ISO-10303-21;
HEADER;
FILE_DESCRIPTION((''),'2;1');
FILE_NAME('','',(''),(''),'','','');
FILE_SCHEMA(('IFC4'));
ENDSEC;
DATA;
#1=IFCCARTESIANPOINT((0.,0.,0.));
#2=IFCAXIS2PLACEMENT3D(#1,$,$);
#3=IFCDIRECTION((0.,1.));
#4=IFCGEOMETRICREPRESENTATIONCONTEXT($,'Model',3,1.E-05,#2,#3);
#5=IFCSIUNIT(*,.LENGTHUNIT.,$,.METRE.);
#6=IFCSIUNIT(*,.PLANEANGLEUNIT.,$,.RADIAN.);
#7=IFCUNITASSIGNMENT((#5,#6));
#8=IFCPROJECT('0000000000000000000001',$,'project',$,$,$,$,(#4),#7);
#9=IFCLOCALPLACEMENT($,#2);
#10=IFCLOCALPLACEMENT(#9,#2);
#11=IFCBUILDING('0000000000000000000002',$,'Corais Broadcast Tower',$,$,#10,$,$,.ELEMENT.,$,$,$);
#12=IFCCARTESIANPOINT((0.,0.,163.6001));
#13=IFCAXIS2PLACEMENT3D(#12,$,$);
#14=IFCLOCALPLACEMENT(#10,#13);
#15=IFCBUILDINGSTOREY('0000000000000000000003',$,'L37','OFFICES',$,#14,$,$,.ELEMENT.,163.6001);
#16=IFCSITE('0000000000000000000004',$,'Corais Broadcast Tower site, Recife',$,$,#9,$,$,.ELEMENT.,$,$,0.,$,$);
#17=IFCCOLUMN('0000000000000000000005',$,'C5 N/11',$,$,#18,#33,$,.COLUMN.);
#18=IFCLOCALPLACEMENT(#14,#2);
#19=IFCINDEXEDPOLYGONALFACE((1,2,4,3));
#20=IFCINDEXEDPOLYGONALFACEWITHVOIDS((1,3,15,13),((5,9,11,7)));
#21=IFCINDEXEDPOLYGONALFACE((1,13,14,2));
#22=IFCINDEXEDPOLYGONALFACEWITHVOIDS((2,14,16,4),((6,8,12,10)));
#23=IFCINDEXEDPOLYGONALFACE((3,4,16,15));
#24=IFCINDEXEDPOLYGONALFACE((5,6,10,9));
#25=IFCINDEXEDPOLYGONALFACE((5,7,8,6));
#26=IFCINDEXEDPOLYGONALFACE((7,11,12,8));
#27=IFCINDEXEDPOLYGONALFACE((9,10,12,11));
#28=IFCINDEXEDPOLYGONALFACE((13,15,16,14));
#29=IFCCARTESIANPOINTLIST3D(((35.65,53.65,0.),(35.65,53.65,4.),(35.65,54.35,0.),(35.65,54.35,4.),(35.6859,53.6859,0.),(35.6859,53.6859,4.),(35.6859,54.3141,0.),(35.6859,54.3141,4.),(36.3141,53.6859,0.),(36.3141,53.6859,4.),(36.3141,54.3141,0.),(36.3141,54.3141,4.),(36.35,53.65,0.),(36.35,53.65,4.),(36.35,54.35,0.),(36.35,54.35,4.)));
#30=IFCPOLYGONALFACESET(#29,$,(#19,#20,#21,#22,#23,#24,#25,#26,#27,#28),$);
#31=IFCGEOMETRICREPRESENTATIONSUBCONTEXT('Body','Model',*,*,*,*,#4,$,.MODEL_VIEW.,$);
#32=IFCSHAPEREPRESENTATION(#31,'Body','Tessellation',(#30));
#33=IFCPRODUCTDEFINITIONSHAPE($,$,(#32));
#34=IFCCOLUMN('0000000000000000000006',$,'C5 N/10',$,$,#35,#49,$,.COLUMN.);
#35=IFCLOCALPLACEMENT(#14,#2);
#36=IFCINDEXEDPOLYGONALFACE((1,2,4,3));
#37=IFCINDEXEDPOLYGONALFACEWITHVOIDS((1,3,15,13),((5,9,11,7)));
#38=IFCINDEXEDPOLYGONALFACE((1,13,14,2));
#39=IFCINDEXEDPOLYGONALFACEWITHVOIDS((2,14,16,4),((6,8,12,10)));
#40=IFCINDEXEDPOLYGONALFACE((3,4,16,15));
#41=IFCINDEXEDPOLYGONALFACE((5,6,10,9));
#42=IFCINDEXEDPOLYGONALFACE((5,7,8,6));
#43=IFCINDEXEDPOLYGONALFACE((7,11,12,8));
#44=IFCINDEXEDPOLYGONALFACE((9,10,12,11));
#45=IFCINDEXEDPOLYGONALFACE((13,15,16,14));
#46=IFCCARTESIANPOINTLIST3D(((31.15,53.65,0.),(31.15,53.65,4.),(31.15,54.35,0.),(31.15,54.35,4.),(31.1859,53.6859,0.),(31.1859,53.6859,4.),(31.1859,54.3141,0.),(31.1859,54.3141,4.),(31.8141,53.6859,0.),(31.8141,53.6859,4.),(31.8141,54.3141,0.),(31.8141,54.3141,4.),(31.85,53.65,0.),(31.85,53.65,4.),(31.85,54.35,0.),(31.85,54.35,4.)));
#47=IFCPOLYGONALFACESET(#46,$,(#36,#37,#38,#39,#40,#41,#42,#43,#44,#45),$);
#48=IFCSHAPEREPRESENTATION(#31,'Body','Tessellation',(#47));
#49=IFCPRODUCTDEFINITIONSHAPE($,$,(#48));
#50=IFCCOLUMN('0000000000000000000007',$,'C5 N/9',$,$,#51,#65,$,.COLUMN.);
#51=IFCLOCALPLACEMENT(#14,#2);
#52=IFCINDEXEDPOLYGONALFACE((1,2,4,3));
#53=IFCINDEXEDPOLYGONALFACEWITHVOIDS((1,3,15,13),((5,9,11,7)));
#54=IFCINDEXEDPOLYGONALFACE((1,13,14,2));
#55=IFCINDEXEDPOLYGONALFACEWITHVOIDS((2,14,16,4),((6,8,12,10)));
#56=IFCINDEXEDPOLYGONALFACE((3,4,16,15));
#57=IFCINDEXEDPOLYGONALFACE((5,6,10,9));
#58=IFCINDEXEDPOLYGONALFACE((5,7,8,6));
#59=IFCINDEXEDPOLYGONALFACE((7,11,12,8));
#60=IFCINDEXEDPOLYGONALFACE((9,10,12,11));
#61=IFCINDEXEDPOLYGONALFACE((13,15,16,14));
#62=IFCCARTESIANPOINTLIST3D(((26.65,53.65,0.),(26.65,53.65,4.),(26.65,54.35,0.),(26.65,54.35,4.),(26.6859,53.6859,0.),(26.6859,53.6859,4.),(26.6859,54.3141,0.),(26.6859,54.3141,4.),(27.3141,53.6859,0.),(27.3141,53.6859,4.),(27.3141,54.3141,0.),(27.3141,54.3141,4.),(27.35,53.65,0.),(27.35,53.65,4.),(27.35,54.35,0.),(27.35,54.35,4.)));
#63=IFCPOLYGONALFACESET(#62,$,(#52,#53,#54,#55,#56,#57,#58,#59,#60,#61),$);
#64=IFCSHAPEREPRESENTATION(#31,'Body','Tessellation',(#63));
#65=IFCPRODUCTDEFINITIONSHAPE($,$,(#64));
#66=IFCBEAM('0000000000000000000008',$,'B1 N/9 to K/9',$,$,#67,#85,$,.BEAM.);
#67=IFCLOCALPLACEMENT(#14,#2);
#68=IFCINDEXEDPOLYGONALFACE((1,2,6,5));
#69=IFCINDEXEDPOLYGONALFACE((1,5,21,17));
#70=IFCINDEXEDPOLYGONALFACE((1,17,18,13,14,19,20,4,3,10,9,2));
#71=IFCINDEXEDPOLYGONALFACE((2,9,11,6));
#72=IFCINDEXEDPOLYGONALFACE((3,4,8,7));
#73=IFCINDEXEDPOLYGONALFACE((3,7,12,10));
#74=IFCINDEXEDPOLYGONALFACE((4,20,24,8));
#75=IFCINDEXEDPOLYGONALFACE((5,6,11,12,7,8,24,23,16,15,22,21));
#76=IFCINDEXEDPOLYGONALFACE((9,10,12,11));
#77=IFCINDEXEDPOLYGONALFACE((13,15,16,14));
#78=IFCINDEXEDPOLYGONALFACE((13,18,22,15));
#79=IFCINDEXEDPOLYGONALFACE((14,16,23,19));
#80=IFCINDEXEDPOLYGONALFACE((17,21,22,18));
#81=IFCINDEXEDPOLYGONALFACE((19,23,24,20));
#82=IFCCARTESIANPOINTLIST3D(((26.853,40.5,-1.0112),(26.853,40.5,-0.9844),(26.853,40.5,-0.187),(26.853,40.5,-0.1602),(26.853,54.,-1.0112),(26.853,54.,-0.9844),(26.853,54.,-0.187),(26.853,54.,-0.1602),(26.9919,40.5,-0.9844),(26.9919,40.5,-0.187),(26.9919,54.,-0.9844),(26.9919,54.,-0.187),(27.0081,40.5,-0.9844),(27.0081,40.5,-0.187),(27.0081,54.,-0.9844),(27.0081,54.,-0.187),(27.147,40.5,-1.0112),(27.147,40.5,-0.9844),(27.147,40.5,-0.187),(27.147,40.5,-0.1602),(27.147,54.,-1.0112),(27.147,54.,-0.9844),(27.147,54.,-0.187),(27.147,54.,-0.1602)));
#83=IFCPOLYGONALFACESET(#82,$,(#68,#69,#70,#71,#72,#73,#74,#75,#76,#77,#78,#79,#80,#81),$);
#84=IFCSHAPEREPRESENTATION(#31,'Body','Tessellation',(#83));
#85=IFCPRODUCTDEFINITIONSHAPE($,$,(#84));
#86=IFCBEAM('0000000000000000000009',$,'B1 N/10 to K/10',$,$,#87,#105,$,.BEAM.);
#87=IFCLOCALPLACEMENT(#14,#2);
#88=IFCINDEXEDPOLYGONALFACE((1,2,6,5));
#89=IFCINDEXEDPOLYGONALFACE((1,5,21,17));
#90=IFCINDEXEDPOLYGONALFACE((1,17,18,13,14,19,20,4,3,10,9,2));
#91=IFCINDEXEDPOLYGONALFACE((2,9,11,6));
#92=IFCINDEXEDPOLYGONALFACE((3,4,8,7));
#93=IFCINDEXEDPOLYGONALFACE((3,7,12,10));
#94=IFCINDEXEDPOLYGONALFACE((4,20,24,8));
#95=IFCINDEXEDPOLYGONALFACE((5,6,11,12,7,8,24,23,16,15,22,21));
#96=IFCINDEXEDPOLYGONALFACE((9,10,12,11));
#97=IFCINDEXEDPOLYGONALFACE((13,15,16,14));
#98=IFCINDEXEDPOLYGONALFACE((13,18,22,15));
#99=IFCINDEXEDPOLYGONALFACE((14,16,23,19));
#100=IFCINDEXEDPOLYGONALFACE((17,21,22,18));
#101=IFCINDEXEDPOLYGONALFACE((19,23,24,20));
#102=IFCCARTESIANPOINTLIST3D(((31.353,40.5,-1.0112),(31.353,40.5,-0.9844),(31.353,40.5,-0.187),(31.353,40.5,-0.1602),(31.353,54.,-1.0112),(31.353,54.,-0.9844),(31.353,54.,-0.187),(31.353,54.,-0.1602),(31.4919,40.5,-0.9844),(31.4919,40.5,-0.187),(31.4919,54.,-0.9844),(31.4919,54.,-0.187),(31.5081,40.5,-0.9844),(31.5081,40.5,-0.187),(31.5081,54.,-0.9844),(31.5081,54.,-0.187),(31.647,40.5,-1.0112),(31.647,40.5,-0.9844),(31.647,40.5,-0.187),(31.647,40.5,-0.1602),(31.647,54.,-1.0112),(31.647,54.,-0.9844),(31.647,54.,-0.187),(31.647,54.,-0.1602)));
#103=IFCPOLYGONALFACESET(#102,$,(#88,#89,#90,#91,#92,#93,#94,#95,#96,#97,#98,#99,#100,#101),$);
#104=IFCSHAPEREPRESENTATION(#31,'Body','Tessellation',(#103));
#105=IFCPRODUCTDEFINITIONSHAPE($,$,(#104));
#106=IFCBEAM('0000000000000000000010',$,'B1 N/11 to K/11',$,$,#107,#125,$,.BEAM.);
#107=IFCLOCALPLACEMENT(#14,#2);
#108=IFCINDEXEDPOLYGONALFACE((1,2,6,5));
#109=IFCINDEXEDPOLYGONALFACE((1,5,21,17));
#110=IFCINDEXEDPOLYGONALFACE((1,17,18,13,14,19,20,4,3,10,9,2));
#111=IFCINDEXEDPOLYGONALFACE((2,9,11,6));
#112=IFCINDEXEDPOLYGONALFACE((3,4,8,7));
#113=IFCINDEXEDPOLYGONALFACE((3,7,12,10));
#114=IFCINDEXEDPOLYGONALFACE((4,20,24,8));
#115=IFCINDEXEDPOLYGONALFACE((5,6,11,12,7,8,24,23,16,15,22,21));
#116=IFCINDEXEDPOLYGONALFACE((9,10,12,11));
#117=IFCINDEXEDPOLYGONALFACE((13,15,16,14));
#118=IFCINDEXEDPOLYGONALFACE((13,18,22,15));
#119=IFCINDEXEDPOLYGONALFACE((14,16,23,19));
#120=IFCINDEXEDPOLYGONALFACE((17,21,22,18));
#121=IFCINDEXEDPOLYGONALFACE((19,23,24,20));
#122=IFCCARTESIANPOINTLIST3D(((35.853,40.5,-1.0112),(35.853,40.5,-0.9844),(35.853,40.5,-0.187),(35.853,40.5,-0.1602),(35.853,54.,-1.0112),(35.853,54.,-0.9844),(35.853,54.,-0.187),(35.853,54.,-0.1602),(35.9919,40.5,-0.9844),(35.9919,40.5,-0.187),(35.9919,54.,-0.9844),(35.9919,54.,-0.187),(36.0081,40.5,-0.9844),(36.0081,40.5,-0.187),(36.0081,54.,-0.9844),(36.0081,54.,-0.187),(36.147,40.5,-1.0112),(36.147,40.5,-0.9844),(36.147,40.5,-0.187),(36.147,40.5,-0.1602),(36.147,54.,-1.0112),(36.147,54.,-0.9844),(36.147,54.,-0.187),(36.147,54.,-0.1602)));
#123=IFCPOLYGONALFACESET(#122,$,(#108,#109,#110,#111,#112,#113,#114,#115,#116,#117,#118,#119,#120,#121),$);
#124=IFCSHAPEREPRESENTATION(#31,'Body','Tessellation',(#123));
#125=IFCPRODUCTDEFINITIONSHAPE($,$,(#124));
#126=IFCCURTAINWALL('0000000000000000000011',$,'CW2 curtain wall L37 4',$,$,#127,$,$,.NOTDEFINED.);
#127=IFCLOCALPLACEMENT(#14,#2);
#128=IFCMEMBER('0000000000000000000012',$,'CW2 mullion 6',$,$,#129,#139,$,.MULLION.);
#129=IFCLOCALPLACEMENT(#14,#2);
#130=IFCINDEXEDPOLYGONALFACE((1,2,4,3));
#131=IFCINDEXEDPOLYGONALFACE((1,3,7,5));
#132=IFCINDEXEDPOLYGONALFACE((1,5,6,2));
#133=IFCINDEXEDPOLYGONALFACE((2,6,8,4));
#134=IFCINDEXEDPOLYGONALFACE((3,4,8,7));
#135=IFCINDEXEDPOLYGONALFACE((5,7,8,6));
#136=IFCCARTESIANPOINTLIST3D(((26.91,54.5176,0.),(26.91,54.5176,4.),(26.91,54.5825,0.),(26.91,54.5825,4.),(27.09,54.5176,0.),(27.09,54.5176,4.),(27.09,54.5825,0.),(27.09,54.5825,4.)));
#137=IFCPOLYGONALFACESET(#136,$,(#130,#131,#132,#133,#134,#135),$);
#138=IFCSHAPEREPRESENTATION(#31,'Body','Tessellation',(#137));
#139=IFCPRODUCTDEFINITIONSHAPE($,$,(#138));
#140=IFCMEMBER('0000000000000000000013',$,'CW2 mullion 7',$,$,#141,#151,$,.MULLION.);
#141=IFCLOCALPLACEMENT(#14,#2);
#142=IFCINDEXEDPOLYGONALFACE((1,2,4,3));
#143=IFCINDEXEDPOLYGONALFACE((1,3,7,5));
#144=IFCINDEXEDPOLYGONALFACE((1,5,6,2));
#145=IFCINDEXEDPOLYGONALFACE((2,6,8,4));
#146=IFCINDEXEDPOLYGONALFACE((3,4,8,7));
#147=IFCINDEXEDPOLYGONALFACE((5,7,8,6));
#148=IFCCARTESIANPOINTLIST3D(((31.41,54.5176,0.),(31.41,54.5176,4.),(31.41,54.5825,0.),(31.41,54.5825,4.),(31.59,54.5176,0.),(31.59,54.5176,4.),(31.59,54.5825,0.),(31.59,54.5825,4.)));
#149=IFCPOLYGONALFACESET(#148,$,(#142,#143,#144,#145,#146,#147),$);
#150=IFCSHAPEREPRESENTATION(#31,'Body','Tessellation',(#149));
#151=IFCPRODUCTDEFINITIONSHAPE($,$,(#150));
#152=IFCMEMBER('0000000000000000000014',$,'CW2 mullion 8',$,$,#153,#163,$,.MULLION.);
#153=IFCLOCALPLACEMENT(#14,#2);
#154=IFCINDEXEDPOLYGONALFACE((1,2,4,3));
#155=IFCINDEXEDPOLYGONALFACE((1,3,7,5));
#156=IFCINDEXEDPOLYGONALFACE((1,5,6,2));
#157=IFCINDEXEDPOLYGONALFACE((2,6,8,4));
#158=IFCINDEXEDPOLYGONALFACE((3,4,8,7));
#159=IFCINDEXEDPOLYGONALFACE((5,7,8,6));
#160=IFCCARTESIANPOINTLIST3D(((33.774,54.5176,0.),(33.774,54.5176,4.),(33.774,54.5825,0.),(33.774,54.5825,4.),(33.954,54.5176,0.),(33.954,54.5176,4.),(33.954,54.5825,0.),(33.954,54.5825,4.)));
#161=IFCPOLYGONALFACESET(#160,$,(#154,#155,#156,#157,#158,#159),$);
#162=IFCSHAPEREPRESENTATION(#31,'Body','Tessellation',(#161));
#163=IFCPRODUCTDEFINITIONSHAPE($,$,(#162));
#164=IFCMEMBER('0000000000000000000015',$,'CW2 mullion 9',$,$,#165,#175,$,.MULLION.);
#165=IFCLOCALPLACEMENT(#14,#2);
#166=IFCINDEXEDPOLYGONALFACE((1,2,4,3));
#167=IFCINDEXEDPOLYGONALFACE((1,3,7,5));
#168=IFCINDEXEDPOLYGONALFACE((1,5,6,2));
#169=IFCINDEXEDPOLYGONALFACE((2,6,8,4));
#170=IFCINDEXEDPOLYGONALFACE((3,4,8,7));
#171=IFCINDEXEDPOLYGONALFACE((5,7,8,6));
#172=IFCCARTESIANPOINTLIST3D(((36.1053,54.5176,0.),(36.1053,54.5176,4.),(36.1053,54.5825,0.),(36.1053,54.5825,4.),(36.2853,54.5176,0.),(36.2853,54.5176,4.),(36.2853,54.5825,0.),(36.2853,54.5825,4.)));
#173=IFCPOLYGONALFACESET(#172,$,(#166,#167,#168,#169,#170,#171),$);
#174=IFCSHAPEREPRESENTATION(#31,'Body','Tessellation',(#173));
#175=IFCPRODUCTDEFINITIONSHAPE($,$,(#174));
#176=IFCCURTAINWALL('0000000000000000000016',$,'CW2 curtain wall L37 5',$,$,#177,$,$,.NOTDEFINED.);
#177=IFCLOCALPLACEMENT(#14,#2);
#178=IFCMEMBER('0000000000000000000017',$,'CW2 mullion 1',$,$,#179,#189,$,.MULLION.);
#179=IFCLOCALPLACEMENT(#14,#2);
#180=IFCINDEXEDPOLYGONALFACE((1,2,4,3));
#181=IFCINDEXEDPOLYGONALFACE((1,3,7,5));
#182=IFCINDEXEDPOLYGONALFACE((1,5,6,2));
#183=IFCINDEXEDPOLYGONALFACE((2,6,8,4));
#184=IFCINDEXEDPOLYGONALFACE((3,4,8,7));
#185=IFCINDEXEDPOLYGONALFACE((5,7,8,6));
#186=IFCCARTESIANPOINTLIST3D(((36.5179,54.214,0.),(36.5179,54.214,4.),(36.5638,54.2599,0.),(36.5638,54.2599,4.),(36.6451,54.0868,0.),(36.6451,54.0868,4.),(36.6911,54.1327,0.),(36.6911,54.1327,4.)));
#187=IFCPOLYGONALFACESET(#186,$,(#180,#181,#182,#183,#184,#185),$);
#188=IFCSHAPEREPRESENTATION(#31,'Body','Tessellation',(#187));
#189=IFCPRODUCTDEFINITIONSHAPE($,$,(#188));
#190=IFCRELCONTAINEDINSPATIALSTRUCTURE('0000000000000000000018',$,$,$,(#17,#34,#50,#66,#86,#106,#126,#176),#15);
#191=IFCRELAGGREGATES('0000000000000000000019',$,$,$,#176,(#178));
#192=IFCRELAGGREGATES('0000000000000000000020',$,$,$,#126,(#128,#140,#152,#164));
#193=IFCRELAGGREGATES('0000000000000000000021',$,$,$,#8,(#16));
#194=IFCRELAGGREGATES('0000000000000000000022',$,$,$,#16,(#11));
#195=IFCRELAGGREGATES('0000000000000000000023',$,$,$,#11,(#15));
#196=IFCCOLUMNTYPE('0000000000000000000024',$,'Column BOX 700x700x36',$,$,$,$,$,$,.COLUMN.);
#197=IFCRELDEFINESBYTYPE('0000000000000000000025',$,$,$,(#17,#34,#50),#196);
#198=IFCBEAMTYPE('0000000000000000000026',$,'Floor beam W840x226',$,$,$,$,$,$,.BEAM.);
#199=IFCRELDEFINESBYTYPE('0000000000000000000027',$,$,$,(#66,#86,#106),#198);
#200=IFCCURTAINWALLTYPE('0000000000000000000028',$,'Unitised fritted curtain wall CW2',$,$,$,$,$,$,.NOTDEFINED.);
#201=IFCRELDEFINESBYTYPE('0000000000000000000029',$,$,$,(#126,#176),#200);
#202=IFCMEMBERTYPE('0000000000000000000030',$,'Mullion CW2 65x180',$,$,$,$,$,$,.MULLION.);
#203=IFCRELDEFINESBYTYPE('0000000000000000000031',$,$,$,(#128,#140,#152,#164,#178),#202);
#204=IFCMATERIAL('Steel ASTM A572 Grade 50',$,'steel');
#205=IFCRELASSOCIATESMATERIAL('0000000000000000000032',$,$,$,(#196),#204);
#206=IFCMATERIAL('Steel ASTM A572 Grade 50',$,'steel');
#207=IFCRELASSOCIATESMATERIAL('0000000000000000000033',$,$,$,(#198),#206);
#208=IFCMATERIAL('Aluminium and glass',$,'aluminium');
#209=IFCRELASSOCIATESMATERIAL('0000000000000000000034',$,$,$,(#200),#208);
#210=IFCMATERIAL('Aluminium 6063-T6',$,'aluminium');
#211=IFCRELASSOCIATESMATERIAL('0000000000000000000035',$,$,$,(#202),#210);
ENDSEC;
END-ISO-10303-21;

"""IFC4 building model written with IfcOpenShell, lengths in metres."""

from ifc_helpers import new_model, si_unit, direction, frame, origin, origin_2d, place, context, subcontext, project, spatial, rectangle, hollow_rectangle, i_section, extrude, material, material_profile, profile_set, type_object, element, aggregate, save


model = new_model("IFC4")

# Units and contexts
model_context = context("Model", 3, precision=1e-05, world=origin(), true_north=direction((0.0, 1.0)))
body_context = subcontext(model_context, "Body", "Model", "MODEL_VIEW")
ifc_project = project(units=[si_unit("LENGTHUNIT", "METRE"), si_unit("PLANEANGLEUNIT", "RADIAN")], contexts=[model_context])

# Site, building, storey
site_placement = place(None, origin())
site = spatial("IfcSite", under=ifc_project, at=site_placement, Name="Corais Broadcast Tower site, Recife", CompositionType="ELEMENT", RefElevation=0.0)
building_placement = place(site_placement, origin())
building = spatial("IfcBuilding", under=site, at=building_placement, Name="Corais Broadcast Tower", CompositionType="ELEMENT")
storey_placement = place(building_placement, frame((0.0, 0.0, 163.6001)))
storey = spatial("IfcBuildingStorey", under=building, at=storey_placement, Name="L37", Description="OFFICES", CompositionType="ELEMENT", Elevation=163.6001)

# Columns
ifc_material_1 = material(Name="Steel ASTM A572 Grade 50", Category="steel")
ifc_material_profile_1 = material_profile(ifc_material_1, hollow_rectangle(XDim=0.7, YDim=0.7, WallThickness=0.0359, at=origin_2d()), Name="BOX 700x700x36")
ifc_profile_set_1 = profile_set([ifc_material_profile_1], Name="Steel ASTM A572 Grade 50")
column_type = type_object("IfcColumnType", Name="Column BOX 700x700x36", PredefinedType="COLUMN", material=ifc_profile_set_1)
for number, where, z_axis, x_axis, name in (
    (1, (36.0, 54.0, 0.0), (0.0, 0.0, 1.0), (1.0, 0.0, 0.0), "C5 N/11"),
    (2, (31.5, 54.0, 0.0), (0.0, 0.0, 1.0), (1.0, 0.0, 0.0), "C5 N/10"),
    (3, (27.0, 54.0, 0.0), (0.0, 0.0, 1.0), (1.0, 0.0, 0.0), "C5 N/9"),
):
    element("IfcColumn", number, at=place(storey_placement, frame(where, z_axis=z_axis, x_axis=x_axis)), inside=storey, type_object=column_type, Name=name, PredefinedType="COLUMN", context=body_context, shape_type="SweptSolid", body=[
        extrude(hollow_rectangle(XDim=0.7, YDim=0.7, WallThickness=0.0359, at=origin_2d()), origin(), (0.0, 0.0, 1.0), 4.0),
    ])

# Beams
ifc_material_2 = material(Name="Steel ASTM A572 Grade 50", Category="steel")
ifc_material_profile_2 = material_profile(ifc_material_2, i_section(OverallWidth=0.2939, OverallDepth=0.8511, WebThickness=0.0161, FlangeThickness=0.0269, at=origin_2d()), Name="W840x226")
ifc_profile_set_2 = profile_set([ifc_material_profile_2], Name="Steel ASTM A572 Grade 50")
beam_type_1 = type_object("IfcBeamType", Name="Floor beam W840x226", PredefinedType="BEAM", material=ifc_profile_set_2)
for number, where, z_axis, x_axis, name in (
    (4, (27.0, 54.0, -0.5857), (0.0, -1.0, 0.0), (1.0, 0.0, 0.0), "B1 N/9 to K/9"),
    (5, (31.5, 54.0, -0.5857), (0.0, -1.0, 0.0), (1.0, 0.0, 0.0), "B1 N/10 to K/10"),
    (6, (36.0, 54.0, -0.5857), (0.0, -1.0, 0.0), (1.0, 0.0, 0.0), "B1 N/11 to K/11"),
):
    element("IfcBeam", number, at=place(storey_placement, frame(where, z_axis=z_axis, x_axis=x_axis)), inside=storey, type_object=beam_type_1, Name=name, PredefinedType="BEAM", context=body_context, shape_type="SweptSolid", body=[
        extrude(i_section(OverallWidth=0.2939, OverallDepth=0.8511, WebThickness=0.0161, FlangeThickness=0.0269, at=origin_2d()), origin(), (0.0, 0.0, 1.0), 13.5),
    ])

# Curtain wall, members
ifc_material_3 = material(Name="Aluminium and glass", Category="aluminium")
curtain_wall_type = type_object("IfcCurtainWallType", Name="Unitised fritted curtain wall CW2", PredefinedType="NOTDEFINED", material=ifc_material_3)
curtain_wall_1_placement = place(storey_placement, origin())
curtain_wall_1 = element("IfcCurtainWall", 7, at=curtain_wall_1_placement, inside=storey, type_object=curtain_wall_type, Name="CW2 curtain wall L37 4", PredefinedType="NOTDEFINED")
ifc_material_4 = material(Name="Aluminium 6063-T6", Category="aluminium")
ifc_material_profile_3 = material_profile(ifc_material_4, rectangle(XDim=0.0649, YDim=0.1799, at=origin_2d()), Name="Mullion CW2 65x180")
ifc_profile_set_3 = profile_set([ifc_material_profile_3], Name="Aluminium 6063-T6")
member_type_1 = type_object("IfcMemberType", Name="Mullion CW2 65x180", PredefinedType="MULLION", material=ifc_profile_set_3)
member_1_placement = place(storey_placement, frame((27.0, 54.55, 0.0), z_axis=(0.0, 0.0, 1.0), x_axis=(0.0, 1.0, 0.0)))
member_1 = element("IfcMember", 8, at=member_1_placement, type_object=member_type_1, Name="CW2 mullion 6", PredefinedType="MULLION", context=body_context, shape_type="SweptSolid", body=[
    extrude(rectangle(XDim=0.0649, YDim=0.1799, at=origin_2d()), origin(), (0.0, 0.0, 1.0), 4.0),
])
member_2_placement = place(storey_placement, frame((31.5, 54.55, 0.0), z_axis=(0.0, 0.0, 1.0), x_axis=(0.0, 1.0, 0.0)))
member_2 = element("IfcMember", 9, at=member_2_placement, type_object=member_type_1, Name="CW2 mullion 7", PredefinedType="MULLION", context=body_context, shape_type="SweptSolid", body=[
    extrude(rectangle(XDim=0.0649, YDim=0.1799, at=origin_2d()), origin(), (0.0, 0.0, 1.0), 4.0),
])
member_3_placement = place(storey_placement, frame((33.864, 54.55, 0.0), z_axis=(0.0, 0.0, 1.0), x_axis=(0.0, 1.0, 0.0)))
member_3 = element("IfcMember", 10, at=member_3_placement, type_object=member_type_1, Name="CW2 mullion 8", PredefinedType="MULLION", context=body_context, shape_type="SweptSolid", body=[
    extrude(rectangle(XDim=0.0649, YDim=0.1799, at=origin_2d()), origin(), (0.0, 0.0, 1.0), 4.0),
])
member_4_placement = place(storey_placement, frame((36.1953, 54.55, 0.0), z_axis=(0.0, 0.0, 1.0), x_axis=(0.0, 1.0, 0.0)))
member_4 = element("IfcMember", 11, at=member_4_placement, type_object=member_type_1, Name="CW2 mullion 9", PredefinedType="MULLION", context=body_context, shape_type="SweptSolid", body=[
    extrude(rectangle(XDim=0.0649, YDim=0.1799, at=origin_2d()), origin(), (0.0, 0.0, 1.0), 4.0),
])

# Curtain wall, member
curtain_wall_2_placement = place(storey_placement, origin())
curtain_wall_2 = element("IfcCurtainWall", 12, at=curtain_wall_2_placement, inside=storey, type_object=curtain_wall_type, Name="CW2 curtain wall L37 5", PredefinedType="NOTDEFINED")
member_5_placement = place(storey_placement, frame((36.6045, 54.1733, 0.0), z_axis=(0.0, 0.0, 1.0), x_axis=(0.707107, 0.707107, 0.0)))
member_5 = element("IfcMember", 13, at=member_5_placement, type_object=member_type_1, Name="CW2 mullion 1", PredefinedType="MULLION", context=body_context, shape_type="SweptSolid", body=[
    extrude(rectangle(XDim=0.0649, YDim=0.1799, at=origin_2d()), origin(), (0.0, 0.0, 1.0), 4.0),
])

aggregate(curtain_wall_2, [member_5])

aggregate(curtain_wall_1, [member_1, member_2, member_3, member_4])

save(model, "model.ifc")
